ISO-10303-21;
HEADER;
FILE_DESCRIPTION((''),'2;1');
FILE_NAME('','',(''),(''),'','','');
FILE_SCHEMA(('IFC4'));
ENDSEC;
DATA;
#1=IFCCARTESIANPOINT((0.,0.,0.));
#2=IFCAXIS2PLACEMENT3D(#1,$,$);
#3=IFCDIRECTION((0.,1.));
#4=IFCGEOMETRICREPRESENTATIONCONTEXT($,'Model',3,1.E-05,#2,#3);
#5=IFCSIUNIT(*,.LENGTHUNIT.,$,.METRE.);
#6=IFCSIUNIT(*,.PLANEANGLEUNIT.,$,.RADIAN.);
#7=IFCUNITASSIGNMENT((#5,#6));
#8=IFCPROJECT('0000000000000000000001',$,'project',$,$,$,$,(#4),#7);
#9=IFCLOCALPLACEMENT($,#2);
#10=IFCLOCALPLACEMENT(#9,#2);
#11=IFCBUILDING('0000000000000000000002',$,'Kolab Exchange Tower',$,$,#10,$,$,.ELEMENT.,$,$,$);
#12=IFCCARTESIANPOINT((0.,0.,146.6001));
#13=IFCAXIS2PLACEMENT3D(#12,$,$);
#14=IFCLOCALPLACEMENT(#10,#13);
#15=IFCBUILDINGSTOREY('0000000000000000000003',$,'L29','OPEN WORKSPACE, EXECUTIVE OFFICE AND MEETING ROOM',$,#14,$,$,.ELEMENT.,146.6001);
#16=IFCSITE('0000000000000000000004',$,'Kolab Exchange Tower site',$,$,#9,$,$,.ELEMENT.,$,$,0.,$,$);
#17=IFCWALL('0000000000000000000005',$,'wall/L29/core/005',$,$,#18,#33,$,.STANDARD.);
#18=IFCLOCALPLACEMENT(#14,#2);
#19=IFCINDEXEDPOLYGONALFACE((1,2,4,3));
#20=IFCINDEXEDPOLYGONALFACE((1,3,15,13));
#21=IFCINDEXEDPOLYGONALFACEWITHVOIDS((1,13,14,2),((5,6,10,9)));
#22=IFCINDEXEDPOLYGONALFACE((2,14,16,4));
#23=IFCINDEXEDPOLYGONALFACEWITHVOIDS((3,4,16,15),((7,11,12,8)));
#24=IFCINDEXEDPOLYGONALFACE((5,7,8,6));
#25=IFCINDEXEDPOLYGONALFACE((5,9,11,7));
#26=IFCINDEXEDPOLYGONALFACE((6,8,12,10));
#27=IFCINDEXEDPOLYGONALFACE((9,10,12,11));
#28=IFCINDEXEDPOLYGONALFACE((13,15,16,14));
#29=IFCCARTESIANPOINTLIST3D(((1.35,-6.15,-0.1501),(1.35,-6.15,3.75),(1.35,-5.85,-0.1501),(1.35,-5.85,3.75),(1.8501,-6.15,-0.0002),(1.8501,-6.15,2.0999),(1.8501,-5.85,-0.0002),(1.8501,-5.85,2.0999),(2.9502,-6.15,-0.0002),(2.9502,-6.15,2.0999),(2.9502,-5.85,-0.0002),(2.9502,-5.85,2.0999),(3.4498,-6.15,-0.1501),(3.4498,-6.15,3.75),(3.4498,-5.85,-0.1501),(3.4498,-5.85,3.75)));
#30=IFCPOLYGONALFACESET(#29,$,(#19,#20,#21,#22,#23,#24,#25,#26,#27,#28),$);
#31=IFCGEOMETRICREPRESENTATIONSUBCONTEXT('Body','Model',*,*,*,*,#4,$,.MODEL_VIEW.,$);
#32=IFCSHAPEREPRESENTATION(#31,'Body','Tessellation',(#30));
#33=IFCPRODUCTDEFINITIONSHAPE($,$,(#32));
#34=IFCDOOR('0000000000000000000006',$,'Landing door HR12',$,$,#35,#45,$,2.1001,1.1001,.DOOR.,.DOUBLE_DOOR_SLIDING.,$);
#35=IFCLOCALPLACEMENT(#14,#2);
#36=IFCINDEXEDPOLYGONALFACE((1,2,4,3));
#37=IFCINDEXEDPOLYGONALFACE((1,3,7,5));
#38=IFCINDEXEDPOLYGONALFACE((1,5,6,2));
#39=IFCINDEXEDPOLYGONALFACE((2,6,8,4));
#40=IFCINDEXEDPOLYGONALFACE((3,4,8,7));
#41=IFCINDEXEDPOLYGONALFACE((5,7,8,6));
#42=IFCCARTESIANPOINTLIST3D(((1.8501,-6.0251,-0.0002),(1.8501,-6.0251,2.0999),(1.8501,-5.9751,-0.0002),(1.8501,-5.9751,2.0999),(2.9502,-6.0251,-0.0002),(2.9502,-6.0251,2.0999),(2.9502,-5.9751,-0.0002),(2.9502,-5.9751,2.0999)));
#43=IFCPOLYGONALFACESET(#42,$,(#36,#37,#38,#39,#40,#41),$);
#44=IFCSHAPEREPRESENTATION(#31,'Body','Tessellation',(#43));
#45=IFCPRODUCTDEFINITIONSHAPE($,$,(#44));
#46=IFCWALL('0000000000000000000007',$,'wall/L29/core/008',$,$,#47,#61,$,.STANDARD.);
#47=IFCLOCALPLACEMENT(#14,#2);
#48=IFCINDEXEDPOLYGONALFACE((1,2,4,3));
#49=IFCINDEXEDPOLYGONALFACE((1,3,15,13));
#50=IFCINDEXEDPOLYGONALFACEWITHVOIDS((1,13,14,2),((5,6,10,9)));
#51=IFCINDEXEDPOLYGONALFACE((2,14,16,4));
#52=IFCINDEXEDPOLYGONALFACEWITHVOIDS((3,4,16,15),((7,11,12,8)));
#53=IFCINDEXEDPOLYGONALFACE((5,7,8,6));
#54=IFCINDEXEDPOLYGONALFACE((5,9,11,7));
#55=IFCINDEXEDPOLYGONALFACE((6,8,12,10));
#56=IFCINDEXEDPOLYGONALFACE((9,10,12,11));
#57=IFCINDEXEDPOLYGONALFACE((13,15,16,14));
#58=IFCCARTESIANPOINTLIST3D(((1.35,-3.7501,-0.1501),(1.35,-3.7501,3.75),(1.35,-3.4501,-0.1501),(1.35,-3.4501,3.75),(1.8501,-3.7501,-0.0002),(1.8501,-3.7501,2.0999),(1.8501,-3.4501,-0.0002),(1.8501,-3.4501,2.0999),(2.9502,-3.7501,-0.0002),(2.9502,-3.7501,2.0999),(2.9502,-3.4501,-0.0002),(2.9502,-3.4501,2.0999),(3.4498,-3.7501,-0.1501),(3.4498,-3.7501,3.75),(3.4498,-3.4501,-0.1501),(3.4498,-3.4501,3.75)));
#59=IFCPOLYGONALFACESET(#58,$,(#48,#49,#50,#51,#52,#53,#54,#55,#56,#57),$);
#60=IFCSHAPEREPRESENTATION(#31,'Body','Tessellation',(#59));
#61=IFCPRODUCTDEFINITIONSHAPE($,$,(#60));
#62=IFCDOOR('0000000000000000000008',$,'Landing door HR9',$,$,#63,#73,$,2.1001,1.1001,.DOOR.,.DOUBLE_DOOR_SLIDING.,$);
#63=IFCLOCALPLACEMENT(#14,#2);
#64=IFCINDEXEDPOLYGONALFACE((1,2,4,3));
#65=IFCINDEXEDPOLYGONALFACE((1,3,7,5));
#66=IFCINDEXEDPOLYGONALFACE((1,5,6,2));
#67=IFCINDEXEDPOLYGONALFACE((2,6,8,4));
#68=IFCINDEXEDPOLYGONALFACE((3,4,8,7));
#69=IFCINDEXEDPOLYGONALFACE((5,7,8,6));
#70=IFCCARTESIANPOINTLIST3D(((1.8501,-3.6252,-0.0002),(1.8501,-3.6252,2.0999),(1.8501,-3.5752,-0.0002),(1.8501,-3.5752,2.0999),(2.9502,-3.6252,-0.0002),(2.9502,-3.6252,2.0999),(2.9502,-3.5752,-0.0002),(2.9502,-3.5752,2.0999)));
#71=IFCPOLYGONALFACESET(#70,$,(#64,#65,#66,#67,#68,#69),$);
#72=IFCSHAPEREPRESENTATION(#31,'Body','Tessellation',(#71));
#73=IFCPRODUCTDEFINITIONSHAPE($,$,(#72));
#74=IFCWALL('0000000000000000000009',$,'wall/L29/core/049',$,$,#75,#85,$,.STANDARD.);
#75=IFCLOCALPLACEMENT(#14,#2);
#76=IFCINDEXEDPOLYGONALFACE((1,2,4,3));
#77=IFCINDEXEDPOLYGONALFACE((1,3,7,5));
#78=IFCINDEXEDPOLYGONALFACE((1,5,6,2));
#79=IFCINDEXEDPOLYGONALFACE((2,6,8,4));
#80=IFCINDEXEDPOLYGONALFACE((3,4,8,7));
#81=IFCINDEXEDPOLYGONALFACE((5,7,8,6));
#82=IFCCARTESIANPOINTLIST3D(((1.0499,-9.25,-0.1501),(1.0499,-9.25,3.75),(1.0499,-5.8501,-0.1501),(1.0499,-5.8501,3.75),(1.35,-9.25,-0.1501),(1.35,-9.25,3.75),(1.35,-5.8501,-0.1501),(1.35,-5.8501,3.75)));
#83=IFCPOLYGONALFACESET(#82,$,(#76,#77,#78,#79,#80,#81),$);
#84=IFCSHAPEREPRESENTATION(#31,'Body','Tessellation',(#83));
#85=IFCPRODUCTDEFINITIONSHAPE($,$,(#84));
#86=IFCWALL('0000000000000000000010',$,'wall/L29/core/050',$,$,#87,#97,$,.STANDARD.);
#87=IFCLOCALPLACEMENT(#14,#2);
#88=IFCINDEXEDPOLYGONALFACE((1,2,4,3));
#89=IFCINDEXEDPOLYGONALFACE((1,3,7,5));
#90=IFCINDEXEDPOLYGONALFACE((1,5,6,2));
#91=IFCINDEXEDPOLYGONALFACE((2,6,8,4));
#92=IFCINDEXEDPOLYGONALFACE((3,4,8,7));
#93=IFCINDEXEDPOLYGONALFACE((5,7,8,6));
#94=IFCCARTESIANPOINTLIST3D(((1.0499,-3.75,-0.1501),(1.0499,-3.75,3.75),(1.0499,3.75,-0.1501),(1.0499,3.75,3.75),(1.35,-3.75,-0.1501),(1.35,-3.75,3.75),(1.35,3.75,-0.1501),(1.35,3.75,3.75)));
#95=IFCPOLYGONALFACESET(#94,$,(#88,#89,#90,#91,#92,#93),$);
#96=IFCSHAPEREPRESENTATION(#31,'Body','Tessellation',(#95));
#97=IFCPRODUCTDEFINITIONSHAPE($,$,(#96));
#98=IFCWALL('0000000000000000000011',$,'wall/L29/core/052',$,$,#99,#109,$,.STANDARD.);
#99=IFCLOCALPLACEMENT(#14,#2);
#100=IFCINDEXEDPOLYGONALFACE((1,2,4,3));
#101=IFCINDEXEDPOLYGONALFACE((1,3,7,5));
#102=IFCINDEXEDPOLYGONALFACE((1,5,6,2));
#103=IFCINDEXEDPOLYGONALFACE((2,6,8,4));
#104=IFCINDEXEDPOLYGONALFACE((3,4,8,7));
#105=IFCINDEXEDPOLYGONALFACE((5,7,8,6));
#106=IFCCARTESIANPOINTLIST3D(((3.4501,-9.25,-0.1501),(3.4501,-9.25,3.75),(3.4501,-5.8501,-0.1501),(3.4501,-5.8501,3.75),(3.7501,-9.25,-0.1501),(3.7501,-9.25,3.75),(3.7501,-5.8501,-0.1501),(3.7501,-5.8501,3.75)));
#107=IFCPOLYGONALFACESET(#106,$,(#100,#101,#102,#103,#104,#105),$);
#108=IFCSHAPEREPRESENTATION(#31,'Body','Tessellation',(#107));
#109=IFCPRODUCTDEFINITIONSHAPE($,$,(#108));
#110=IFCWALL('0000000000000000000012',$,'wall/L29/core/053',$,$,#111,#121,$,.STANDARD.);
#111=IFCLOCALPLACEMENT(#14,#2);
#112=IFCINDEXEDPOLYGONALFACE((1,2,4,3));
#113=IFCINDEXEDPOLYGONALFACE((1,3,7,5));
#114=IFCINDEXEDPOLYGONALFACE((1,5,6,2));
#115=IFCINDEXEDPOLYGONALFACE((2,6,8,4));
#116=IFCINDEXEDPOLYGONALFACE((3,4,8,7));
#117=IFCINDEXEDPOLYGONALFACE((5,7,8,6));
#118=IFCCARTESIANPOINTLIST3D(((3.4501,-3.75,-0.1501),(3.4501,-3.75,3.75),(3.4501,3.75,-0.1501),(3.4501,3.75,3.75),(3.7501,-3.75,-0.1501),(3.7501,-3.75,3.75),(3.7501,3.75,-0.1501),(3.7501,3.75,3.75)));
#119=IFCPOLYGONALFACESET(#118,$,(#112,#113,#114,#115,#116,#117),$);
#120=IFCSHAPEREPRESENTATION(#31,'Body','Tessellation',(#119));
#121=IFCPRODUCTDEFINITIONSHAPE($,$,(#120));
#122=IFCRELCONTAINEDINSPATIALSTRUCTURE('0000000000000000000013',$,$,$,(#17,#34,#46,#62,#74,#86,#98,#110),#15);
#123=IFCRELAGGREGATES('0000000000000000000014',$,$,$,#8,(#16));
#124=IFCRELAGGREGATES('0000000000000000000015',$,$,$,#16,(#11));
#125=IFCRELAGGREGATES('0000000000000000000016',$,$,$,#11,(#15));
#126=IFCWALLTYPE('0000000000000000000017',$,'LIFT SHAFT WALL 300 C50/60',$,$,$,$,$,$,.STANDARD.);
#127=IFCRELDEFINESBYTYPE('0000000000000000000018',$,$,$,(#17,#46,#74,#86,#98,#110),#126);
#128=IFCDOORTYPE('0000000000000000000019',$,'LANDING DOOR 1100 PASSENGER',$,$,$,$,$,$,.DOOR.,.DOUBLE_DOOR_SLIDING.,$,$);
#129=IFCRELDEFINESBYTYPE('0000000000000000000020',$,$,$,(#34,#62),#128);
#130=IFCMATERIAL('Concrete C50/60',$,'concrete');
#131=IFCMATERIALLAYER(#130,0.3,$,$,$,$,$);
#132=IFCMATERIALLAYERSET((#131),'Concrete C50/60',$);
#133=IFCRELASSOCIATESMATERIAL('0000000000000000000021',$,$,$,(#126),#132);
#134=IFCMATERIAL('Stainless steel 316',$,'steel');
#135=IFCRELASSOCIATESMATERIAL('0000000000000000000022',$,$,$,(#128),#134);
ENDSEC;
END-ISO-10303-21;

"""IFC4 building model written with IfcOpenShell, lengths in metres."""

from ifc_helpers import new_model, si_unit, direction, frame, frame_2d, origin, place, context, subcontext, project, spatial, rectangle, extrude, material, layer, layer_set, type_object, element, fill, save


model = new_model("IFC4")

# Units and contexts
model_context = context("Model", 3, precision=1e-05, world=origin(), true_north=direction((0.0, 1.0)))
body_context = subcontext(model_context, "Body", "Model", "MODEL_VIEW")
ifc_project = project(units=[si_unit("LENGTHUNIT", "METRE"), si_unit("PLANEANGLEUNIT", "RADIAN")], contexts=[model_context])

# Site, building, storey
site_placement = place(None, origin())
site = spatial("IfcSite", under=ifc_project, at=site_placement, Name="Kolab Exchange Tower site", CompositionType="ELEMENT", RefElevation=0.0)
building_placement = place(site_placement, origin())
building = spatial("IfcBuilding", under=site, at=building_placement, Name="Kolab Exchange Tower", CompositionType="ELEMENT")
storey_placement = place(building_placement, frame((0.0, 0.0, 146.6001)))
storey = spatial("IfcBuildingStorey", under=building, at=storey_placement, Name="L29", Description="OPEN WORKSPACE, EXECUTIVE OFFICE AND MEETING ROOM", CompositionType="ELEMENT", Elevation=146.6001)

# Walls, openings, doors
ifc_material_1 = material(Name="Concrete C50/60", Category="concrete")
ifc_layer_1 = layer(ifc_material_1, 0.3)
ifc_layer_set_1 = layer_set([ifc_layer_1], Name="Concrete C50/60")
wall_type_1 = type_object("IfcWallType", Name="LIFT SHAFT WALL 300 C50/60", PredefinedType="STANDARD", material=ifc_layer_set_1)
wall_1_placement = place(storey_placement, frame((1.3501, -6.0, -0.1501), z_axis=(0.0, 0.0, 1.0), x_axis=(1.0, 0.0, 0.0)))
wall_1 = element("IfcWall", 1, at=wall_1_placement, inside=storey, type_object=wall_type_1, Name="wall/L29/core/005", PredefinedType="STANDARD", context=body_context, shape_type="SweptSolid", body=[
    extrude(rectangle(XDim=2.0999, YDim=0.3, at=frame_2d((1.0498, 0.0))), origin(), (0.0, 0.0, 1.0), 3.9001),
])
opening_1_placement = place(wall_1_placement, frame((0.5, 0.0, 0.1499)))
opening_1 = element("IfcOpeningElement", 2, at=opening_1_placement, cuts=wall_1, PredefinedType="OPENING", context=body_context, shape_type="SweptSolid", body=[
    extrude(rectangle(XDim=1.1001, YDim=2.1001, at=frame_2d((0.55, 1.05))), frame((0.0, 0.1602, 0.0), z_axis=(0.0, -1.0, 0.0), x_axis=(1.0, 0.0, 0.0)), (0.0, 0.0, 1.0), 0.3201),
])
ifc_material_2 = material(Name="Stainless steel 316", Category="steel")
door_type_1 = type_object("IfcDoorType", Name="LANDING DOOR 1100 PASSENGER", OperationType="DOUBLE_DOOR_SLIDING", PredefinedType="DOOR", material=ifc_material_2)
door_1_placement = place(opening_1_placement, origin())
door_1 = element("IfcDoor", 3, at=door_1_placement, inside=storey, type_object=door_type_1, Name="Landing door HR12", OperationType="DOUBLE_DOOR_SLIDING", OverallHeight=2.1001, OverallWidth=1.1001, PredefinedType="DOOR", context=body_context, shape_type="SweptSolid", body=[
    extrude(rectangle(XDim=1.1001, YDim=2.1001, at=frame_2d((0.55, 1.05))), frame((0.0, 0.0249, 0.0), z_axis=(0.0, -1.0, 0.0), x_axis=(1.0, 0.0, 0.0)), (0.0, 0.0, 1.0), 0.05),
])
fill(opening_1, door_1)
wall_2_placement = place(storey_placement, frame((1.3501, -3.6001, -0.1501), z_axis=(0.0, 0.0, 1.0), x_axis=(1.0, 0.0, 0.0)))
wall_2 = element("IfcWall", 4, at=wall_2_placement, inside=storey, type_object=wall_type_1, Name="wall/L29/core/008", PredefinedType="STANDARD", context=body_context, shape_type="SweptSolid", body=[
    extrude(rectangle(XDim=2.0999, YDim=0.3, at=frame_2d((1.0498, 0.0))), origin(), (0.0, 0.0, 1.0), 3.9001),
])
opening_2_placement = place(wall_2_placement, frame((0.5, 0.0, 0.1499)))
opening_2 = element("IfcOpeningElement", 5, at=opening_2_placement, cuts=wall_2, PredefinedType="OPENING", context=body_context, shape_type="SweptSolid", body=[
    extrude(rectangle(XDim=1.1001, YDim=2.1001, at=frame_2d((0.55, 1.05))), frame((0.0, 0.1602, 0.0), z_axis=(0.0, -1.0, 0.0), x_axis=(1.0, 0.0, 0.0)), (0.0, 0.0, 1.0), 0.3201),
])
door_2_placement = place(opening_2_placement, origin())
door_2 = element("IfcDoor", 6, at=door_2_placement, inside=storey, type_object=door_type_1, Name="Landing door HR9", OperationType="DOUBLE_DOOR_SLIDING", OverallHeight=2.1001, OverallWidth=1.1001, PredefinedType="DOOR", context=body_context, shape_type="SweptSolid", body=[
    extrude(rectangle(XDim=1.1001, YDim=2.1001, at=frame_2d((0.55, 1.05))), frame((0.0, 0.0249, 0.0), z_axis=(0.0, -1.0, 0.0), x_axis=(1.0, 0.0, 0.0)), (0.0, 0.0, 1.0), 0.05),
])
fill(opening_2, door_2)

# Walls
wall_3_placement = place(storey_placement, frame((1.2, -9.25, -0.1501), z_axis=(0.0, 0.0, 1.0), x_axis=(0.0, 1.0, 0.0)))
element("IfcWall", 7, at=wall_3_placement, inside=storey, type_object=wall_type_1, Name="wall/L29/core/049", PredefinedType="STANDARD", context=body_context, shape_type="SweptSolid", body=[
    extrude(rectangle(XDim=3.3999, YDim=0.3, at=frame_2d((1.7, 0.0))), origin(), (0.0, 0.0, 1.0), 3.9001),
])
wall_4_placement = place(storey_placement, frame((1.2, -3.75, -0.1501), z_axis=(0.0, 0.0, 1.0), x_axis=(0.0, 1.0, 0.0)))
element("IfcWall", 8, at=wall_4_placement, inside=storey, type_object=wall_type_1, Name="wall/L29/core/050", PredefinedType="STANDARD", context=body_context, shape_type="SweptSolid", body=[
    extrude(rectangle(XDim=7.5, YDim=0.3, at=frame_2d((3.75, 0.0))), origin(), (0.0, 0.0, 1.0), 3.9001),
])
wall_5_placement = place(storey_placement, frame((3.6001, -9.25, -0.1501), z_axis=(0.0, 0.0, 1.0), x_axis=(0.0, 1.0, 0.0)))
element("IfcWall", 9, at=wall_5_placement, inside=storey, type_object=wall_type_1, Name="wall/L29/core/052", PredefinedType="STANDARD", context=body_context, shape_type="SweptSolid", body=[
    extrude(rectangle(XDim=3.3999, YDim=0.3, at=frame_2d((1.7, 0.0))), origin(), (0.0, 0.0, 1.0), 3.9001),
])
wall_6_placement = place(storey_placement, frame((3.6001, -3.75, -0.1501), z_axis=(0.0, 0.0, 1.0), x_axis=(0.0, 1.0, 0.0)))
element("IfcWall", 10, at=wall_6_placement, inside=storey, type_object=wall_type_1, Name="wall/L29/core/053", PredefinedType="STANDARD", context=body_context, shape_type="SweptSolid", body=[
    extrude(rectangle(XDim=7.5, YDim=0.3, at=frame_2d((3.75, 0.0))), origin(), (0.0, 0.0, 1.0), 3.9001),
])

save(model, "model.ifc")
